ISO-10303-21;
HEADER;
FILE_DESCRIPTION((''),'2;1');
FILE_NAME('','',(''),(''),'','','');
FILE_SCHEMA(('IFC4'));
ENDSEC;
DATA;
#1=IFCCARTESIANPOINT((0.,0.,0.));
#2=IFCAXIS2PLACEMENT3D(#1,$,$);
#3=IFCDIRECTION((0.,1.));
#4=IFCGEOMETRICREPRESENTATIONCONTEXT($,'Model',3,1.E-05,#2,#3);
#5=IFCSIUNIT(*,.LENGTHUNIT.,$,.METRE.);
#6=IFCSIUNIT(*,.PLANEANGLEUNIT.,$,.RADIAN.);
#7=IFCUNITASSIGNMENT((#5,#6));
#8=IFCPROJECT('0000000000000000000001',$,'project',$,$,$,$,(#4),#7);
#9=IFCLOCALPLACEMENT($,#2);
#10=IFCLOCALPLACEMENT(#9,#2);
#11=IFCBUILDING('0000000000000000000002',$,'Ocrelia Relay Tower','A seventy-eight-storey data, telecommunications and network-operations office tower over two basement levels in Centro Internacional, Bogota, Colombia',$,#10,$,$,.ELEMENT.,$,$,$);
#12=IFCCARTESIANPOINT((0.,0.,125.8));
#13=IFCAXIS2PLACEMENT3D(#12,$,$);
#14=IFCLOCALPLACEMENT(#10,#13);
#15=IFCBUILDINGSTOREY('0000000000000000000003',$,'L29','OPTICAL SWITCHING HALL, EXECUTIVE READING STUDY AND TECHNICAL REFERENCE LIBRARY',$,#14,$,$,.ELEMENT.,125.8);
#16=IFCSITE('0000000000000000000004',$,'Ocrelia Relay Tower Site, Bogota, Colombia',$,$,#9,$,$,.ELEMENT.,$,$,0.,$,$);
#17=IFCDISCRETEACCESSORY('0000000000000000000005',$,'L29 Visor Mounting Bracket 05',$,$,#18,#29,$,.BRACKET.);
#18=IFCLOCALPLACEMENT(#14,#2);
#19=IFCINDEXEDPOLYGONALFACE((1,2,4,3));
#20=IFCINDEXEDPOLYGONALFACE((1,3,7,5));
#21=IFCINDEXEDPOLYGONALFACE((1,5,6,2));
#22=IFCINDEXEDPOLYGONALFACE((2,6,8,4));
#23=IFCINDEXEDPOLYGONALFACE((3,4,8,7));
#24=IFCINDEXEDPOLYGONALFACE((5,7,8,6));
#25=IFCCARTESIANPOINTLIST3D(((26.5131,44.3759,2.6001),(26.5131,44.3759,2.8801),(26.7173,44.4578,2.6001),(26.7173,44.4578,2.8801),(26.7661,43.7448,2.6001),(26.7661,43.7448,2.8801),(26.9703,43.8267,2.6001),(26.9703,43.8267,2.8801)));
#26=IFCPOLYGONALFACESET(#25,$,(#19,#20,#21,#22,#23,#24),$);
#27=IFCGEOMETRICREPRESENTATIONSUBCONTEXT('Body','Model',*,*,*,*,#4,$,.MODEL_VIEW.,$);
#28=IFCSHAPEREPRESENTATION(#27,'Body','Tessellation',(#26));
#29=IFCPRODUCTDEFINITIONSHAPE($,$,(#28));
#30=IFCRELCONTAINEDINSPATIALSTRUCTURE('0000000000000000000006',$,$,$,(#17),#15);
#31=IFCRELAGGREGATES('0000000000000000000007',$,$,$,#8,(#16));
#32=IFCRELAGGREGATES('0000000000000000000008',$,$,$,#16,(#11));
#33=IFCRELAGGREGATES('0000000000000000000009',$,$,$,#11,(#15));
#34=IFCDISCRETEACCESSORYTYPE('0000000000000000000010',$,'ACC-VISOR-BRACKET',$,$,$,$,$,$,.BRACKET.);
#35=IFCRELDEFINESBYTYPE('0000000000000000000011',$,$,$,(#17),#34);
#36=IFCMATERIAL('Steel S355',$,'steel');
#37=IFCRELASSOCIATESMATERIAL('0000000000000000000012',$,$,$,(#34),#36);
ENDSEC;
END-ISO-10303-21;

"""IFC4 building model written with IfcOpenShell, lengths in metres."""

from ifc_helpers import new_model, si_unit, direction, frame, origin, origin_2d, place, context, subcontext, project, spatial, rectangle, extrude, material, type_object, element, save


model = new_model("IFC4")

# Units and contexts
model_context = context("Model", 3, precision=1e-05, world=origin(), true_north=direction((0.0, 1.0)))
body_context = subcontext(model_context, "Body", "Model", "MODEL_VIEW")
ifc_project = project(units=[si_unit("LENGTHUNIT", "METRE"), si_unit("PLANEANGLEUNIT", "RADIAN")], contexts=[model_context])

# Site, building, storey
site_placement = place(None, origin())
site = spatial("IfcSite", under=ifc_project, at=site_placement, Name="Ocrelia Relay Tower Site, Bogota, Colombia", CompositionType="ELEMENT", RefElevation=0.0)
building_placement = place(site_placement, origin())
building = spatial("IfcBuilding", under=site, at=building_placement, Name="Ocrelia Relay Tower", Description="A seventy-eight-storey data, telecommunications and network-operations office tower over two basement levels in Centro Internacional, Bogota, Colombia", CompositionType="ELEMENT")
storey_placement = place(building_placement, frame((0.0, 0.0, 125.8)))
storey = spatial("IfcBuildingStorey", under=building, at=storey_placement, Name="L29", Description="OPTICAL SWITCHING HALL, EXECUTIVE READING STUDY AND TECHNICAL REFERENCE LIBRARY", CompositionType="ELEMENT", Elevation=125.8)

# Shared definitions
ifc_material_1 = material(Name="Steel S355", Category="steel")

# Discrete accessory
discrete_accessory_type_1 = type_object("IfcDiscreteAccessoryType", Name="ACC-VISOR-BRACKET", PredefinedType="BRACKET", material=ifc_material_1)
discrete_accessory_1_placement = place(storey_placement, frame((26.7417, 44.1013, 2.6001), z_axis=(0.0, 0.0, 1.0), x_axis=(-0.92816, -0.372182, 0.0)))
element("IfcDiscreteAccessory", 1, at=discrete_accessory_1_placement, inside=storey, type_object=discrete_accessory_type_1, Name="L29 Visor Mounting Bracket 05", PredefinedType="BRACKET", context=body_context, shape_type="SweptSolid", body=[
    extrude(rectangle(XDim=0.22, YDim=0.6799, at=origin_2d()), origin(), (0.0, 0.0, 1.0), 0.28),
])

save(model, "model.ifc")
